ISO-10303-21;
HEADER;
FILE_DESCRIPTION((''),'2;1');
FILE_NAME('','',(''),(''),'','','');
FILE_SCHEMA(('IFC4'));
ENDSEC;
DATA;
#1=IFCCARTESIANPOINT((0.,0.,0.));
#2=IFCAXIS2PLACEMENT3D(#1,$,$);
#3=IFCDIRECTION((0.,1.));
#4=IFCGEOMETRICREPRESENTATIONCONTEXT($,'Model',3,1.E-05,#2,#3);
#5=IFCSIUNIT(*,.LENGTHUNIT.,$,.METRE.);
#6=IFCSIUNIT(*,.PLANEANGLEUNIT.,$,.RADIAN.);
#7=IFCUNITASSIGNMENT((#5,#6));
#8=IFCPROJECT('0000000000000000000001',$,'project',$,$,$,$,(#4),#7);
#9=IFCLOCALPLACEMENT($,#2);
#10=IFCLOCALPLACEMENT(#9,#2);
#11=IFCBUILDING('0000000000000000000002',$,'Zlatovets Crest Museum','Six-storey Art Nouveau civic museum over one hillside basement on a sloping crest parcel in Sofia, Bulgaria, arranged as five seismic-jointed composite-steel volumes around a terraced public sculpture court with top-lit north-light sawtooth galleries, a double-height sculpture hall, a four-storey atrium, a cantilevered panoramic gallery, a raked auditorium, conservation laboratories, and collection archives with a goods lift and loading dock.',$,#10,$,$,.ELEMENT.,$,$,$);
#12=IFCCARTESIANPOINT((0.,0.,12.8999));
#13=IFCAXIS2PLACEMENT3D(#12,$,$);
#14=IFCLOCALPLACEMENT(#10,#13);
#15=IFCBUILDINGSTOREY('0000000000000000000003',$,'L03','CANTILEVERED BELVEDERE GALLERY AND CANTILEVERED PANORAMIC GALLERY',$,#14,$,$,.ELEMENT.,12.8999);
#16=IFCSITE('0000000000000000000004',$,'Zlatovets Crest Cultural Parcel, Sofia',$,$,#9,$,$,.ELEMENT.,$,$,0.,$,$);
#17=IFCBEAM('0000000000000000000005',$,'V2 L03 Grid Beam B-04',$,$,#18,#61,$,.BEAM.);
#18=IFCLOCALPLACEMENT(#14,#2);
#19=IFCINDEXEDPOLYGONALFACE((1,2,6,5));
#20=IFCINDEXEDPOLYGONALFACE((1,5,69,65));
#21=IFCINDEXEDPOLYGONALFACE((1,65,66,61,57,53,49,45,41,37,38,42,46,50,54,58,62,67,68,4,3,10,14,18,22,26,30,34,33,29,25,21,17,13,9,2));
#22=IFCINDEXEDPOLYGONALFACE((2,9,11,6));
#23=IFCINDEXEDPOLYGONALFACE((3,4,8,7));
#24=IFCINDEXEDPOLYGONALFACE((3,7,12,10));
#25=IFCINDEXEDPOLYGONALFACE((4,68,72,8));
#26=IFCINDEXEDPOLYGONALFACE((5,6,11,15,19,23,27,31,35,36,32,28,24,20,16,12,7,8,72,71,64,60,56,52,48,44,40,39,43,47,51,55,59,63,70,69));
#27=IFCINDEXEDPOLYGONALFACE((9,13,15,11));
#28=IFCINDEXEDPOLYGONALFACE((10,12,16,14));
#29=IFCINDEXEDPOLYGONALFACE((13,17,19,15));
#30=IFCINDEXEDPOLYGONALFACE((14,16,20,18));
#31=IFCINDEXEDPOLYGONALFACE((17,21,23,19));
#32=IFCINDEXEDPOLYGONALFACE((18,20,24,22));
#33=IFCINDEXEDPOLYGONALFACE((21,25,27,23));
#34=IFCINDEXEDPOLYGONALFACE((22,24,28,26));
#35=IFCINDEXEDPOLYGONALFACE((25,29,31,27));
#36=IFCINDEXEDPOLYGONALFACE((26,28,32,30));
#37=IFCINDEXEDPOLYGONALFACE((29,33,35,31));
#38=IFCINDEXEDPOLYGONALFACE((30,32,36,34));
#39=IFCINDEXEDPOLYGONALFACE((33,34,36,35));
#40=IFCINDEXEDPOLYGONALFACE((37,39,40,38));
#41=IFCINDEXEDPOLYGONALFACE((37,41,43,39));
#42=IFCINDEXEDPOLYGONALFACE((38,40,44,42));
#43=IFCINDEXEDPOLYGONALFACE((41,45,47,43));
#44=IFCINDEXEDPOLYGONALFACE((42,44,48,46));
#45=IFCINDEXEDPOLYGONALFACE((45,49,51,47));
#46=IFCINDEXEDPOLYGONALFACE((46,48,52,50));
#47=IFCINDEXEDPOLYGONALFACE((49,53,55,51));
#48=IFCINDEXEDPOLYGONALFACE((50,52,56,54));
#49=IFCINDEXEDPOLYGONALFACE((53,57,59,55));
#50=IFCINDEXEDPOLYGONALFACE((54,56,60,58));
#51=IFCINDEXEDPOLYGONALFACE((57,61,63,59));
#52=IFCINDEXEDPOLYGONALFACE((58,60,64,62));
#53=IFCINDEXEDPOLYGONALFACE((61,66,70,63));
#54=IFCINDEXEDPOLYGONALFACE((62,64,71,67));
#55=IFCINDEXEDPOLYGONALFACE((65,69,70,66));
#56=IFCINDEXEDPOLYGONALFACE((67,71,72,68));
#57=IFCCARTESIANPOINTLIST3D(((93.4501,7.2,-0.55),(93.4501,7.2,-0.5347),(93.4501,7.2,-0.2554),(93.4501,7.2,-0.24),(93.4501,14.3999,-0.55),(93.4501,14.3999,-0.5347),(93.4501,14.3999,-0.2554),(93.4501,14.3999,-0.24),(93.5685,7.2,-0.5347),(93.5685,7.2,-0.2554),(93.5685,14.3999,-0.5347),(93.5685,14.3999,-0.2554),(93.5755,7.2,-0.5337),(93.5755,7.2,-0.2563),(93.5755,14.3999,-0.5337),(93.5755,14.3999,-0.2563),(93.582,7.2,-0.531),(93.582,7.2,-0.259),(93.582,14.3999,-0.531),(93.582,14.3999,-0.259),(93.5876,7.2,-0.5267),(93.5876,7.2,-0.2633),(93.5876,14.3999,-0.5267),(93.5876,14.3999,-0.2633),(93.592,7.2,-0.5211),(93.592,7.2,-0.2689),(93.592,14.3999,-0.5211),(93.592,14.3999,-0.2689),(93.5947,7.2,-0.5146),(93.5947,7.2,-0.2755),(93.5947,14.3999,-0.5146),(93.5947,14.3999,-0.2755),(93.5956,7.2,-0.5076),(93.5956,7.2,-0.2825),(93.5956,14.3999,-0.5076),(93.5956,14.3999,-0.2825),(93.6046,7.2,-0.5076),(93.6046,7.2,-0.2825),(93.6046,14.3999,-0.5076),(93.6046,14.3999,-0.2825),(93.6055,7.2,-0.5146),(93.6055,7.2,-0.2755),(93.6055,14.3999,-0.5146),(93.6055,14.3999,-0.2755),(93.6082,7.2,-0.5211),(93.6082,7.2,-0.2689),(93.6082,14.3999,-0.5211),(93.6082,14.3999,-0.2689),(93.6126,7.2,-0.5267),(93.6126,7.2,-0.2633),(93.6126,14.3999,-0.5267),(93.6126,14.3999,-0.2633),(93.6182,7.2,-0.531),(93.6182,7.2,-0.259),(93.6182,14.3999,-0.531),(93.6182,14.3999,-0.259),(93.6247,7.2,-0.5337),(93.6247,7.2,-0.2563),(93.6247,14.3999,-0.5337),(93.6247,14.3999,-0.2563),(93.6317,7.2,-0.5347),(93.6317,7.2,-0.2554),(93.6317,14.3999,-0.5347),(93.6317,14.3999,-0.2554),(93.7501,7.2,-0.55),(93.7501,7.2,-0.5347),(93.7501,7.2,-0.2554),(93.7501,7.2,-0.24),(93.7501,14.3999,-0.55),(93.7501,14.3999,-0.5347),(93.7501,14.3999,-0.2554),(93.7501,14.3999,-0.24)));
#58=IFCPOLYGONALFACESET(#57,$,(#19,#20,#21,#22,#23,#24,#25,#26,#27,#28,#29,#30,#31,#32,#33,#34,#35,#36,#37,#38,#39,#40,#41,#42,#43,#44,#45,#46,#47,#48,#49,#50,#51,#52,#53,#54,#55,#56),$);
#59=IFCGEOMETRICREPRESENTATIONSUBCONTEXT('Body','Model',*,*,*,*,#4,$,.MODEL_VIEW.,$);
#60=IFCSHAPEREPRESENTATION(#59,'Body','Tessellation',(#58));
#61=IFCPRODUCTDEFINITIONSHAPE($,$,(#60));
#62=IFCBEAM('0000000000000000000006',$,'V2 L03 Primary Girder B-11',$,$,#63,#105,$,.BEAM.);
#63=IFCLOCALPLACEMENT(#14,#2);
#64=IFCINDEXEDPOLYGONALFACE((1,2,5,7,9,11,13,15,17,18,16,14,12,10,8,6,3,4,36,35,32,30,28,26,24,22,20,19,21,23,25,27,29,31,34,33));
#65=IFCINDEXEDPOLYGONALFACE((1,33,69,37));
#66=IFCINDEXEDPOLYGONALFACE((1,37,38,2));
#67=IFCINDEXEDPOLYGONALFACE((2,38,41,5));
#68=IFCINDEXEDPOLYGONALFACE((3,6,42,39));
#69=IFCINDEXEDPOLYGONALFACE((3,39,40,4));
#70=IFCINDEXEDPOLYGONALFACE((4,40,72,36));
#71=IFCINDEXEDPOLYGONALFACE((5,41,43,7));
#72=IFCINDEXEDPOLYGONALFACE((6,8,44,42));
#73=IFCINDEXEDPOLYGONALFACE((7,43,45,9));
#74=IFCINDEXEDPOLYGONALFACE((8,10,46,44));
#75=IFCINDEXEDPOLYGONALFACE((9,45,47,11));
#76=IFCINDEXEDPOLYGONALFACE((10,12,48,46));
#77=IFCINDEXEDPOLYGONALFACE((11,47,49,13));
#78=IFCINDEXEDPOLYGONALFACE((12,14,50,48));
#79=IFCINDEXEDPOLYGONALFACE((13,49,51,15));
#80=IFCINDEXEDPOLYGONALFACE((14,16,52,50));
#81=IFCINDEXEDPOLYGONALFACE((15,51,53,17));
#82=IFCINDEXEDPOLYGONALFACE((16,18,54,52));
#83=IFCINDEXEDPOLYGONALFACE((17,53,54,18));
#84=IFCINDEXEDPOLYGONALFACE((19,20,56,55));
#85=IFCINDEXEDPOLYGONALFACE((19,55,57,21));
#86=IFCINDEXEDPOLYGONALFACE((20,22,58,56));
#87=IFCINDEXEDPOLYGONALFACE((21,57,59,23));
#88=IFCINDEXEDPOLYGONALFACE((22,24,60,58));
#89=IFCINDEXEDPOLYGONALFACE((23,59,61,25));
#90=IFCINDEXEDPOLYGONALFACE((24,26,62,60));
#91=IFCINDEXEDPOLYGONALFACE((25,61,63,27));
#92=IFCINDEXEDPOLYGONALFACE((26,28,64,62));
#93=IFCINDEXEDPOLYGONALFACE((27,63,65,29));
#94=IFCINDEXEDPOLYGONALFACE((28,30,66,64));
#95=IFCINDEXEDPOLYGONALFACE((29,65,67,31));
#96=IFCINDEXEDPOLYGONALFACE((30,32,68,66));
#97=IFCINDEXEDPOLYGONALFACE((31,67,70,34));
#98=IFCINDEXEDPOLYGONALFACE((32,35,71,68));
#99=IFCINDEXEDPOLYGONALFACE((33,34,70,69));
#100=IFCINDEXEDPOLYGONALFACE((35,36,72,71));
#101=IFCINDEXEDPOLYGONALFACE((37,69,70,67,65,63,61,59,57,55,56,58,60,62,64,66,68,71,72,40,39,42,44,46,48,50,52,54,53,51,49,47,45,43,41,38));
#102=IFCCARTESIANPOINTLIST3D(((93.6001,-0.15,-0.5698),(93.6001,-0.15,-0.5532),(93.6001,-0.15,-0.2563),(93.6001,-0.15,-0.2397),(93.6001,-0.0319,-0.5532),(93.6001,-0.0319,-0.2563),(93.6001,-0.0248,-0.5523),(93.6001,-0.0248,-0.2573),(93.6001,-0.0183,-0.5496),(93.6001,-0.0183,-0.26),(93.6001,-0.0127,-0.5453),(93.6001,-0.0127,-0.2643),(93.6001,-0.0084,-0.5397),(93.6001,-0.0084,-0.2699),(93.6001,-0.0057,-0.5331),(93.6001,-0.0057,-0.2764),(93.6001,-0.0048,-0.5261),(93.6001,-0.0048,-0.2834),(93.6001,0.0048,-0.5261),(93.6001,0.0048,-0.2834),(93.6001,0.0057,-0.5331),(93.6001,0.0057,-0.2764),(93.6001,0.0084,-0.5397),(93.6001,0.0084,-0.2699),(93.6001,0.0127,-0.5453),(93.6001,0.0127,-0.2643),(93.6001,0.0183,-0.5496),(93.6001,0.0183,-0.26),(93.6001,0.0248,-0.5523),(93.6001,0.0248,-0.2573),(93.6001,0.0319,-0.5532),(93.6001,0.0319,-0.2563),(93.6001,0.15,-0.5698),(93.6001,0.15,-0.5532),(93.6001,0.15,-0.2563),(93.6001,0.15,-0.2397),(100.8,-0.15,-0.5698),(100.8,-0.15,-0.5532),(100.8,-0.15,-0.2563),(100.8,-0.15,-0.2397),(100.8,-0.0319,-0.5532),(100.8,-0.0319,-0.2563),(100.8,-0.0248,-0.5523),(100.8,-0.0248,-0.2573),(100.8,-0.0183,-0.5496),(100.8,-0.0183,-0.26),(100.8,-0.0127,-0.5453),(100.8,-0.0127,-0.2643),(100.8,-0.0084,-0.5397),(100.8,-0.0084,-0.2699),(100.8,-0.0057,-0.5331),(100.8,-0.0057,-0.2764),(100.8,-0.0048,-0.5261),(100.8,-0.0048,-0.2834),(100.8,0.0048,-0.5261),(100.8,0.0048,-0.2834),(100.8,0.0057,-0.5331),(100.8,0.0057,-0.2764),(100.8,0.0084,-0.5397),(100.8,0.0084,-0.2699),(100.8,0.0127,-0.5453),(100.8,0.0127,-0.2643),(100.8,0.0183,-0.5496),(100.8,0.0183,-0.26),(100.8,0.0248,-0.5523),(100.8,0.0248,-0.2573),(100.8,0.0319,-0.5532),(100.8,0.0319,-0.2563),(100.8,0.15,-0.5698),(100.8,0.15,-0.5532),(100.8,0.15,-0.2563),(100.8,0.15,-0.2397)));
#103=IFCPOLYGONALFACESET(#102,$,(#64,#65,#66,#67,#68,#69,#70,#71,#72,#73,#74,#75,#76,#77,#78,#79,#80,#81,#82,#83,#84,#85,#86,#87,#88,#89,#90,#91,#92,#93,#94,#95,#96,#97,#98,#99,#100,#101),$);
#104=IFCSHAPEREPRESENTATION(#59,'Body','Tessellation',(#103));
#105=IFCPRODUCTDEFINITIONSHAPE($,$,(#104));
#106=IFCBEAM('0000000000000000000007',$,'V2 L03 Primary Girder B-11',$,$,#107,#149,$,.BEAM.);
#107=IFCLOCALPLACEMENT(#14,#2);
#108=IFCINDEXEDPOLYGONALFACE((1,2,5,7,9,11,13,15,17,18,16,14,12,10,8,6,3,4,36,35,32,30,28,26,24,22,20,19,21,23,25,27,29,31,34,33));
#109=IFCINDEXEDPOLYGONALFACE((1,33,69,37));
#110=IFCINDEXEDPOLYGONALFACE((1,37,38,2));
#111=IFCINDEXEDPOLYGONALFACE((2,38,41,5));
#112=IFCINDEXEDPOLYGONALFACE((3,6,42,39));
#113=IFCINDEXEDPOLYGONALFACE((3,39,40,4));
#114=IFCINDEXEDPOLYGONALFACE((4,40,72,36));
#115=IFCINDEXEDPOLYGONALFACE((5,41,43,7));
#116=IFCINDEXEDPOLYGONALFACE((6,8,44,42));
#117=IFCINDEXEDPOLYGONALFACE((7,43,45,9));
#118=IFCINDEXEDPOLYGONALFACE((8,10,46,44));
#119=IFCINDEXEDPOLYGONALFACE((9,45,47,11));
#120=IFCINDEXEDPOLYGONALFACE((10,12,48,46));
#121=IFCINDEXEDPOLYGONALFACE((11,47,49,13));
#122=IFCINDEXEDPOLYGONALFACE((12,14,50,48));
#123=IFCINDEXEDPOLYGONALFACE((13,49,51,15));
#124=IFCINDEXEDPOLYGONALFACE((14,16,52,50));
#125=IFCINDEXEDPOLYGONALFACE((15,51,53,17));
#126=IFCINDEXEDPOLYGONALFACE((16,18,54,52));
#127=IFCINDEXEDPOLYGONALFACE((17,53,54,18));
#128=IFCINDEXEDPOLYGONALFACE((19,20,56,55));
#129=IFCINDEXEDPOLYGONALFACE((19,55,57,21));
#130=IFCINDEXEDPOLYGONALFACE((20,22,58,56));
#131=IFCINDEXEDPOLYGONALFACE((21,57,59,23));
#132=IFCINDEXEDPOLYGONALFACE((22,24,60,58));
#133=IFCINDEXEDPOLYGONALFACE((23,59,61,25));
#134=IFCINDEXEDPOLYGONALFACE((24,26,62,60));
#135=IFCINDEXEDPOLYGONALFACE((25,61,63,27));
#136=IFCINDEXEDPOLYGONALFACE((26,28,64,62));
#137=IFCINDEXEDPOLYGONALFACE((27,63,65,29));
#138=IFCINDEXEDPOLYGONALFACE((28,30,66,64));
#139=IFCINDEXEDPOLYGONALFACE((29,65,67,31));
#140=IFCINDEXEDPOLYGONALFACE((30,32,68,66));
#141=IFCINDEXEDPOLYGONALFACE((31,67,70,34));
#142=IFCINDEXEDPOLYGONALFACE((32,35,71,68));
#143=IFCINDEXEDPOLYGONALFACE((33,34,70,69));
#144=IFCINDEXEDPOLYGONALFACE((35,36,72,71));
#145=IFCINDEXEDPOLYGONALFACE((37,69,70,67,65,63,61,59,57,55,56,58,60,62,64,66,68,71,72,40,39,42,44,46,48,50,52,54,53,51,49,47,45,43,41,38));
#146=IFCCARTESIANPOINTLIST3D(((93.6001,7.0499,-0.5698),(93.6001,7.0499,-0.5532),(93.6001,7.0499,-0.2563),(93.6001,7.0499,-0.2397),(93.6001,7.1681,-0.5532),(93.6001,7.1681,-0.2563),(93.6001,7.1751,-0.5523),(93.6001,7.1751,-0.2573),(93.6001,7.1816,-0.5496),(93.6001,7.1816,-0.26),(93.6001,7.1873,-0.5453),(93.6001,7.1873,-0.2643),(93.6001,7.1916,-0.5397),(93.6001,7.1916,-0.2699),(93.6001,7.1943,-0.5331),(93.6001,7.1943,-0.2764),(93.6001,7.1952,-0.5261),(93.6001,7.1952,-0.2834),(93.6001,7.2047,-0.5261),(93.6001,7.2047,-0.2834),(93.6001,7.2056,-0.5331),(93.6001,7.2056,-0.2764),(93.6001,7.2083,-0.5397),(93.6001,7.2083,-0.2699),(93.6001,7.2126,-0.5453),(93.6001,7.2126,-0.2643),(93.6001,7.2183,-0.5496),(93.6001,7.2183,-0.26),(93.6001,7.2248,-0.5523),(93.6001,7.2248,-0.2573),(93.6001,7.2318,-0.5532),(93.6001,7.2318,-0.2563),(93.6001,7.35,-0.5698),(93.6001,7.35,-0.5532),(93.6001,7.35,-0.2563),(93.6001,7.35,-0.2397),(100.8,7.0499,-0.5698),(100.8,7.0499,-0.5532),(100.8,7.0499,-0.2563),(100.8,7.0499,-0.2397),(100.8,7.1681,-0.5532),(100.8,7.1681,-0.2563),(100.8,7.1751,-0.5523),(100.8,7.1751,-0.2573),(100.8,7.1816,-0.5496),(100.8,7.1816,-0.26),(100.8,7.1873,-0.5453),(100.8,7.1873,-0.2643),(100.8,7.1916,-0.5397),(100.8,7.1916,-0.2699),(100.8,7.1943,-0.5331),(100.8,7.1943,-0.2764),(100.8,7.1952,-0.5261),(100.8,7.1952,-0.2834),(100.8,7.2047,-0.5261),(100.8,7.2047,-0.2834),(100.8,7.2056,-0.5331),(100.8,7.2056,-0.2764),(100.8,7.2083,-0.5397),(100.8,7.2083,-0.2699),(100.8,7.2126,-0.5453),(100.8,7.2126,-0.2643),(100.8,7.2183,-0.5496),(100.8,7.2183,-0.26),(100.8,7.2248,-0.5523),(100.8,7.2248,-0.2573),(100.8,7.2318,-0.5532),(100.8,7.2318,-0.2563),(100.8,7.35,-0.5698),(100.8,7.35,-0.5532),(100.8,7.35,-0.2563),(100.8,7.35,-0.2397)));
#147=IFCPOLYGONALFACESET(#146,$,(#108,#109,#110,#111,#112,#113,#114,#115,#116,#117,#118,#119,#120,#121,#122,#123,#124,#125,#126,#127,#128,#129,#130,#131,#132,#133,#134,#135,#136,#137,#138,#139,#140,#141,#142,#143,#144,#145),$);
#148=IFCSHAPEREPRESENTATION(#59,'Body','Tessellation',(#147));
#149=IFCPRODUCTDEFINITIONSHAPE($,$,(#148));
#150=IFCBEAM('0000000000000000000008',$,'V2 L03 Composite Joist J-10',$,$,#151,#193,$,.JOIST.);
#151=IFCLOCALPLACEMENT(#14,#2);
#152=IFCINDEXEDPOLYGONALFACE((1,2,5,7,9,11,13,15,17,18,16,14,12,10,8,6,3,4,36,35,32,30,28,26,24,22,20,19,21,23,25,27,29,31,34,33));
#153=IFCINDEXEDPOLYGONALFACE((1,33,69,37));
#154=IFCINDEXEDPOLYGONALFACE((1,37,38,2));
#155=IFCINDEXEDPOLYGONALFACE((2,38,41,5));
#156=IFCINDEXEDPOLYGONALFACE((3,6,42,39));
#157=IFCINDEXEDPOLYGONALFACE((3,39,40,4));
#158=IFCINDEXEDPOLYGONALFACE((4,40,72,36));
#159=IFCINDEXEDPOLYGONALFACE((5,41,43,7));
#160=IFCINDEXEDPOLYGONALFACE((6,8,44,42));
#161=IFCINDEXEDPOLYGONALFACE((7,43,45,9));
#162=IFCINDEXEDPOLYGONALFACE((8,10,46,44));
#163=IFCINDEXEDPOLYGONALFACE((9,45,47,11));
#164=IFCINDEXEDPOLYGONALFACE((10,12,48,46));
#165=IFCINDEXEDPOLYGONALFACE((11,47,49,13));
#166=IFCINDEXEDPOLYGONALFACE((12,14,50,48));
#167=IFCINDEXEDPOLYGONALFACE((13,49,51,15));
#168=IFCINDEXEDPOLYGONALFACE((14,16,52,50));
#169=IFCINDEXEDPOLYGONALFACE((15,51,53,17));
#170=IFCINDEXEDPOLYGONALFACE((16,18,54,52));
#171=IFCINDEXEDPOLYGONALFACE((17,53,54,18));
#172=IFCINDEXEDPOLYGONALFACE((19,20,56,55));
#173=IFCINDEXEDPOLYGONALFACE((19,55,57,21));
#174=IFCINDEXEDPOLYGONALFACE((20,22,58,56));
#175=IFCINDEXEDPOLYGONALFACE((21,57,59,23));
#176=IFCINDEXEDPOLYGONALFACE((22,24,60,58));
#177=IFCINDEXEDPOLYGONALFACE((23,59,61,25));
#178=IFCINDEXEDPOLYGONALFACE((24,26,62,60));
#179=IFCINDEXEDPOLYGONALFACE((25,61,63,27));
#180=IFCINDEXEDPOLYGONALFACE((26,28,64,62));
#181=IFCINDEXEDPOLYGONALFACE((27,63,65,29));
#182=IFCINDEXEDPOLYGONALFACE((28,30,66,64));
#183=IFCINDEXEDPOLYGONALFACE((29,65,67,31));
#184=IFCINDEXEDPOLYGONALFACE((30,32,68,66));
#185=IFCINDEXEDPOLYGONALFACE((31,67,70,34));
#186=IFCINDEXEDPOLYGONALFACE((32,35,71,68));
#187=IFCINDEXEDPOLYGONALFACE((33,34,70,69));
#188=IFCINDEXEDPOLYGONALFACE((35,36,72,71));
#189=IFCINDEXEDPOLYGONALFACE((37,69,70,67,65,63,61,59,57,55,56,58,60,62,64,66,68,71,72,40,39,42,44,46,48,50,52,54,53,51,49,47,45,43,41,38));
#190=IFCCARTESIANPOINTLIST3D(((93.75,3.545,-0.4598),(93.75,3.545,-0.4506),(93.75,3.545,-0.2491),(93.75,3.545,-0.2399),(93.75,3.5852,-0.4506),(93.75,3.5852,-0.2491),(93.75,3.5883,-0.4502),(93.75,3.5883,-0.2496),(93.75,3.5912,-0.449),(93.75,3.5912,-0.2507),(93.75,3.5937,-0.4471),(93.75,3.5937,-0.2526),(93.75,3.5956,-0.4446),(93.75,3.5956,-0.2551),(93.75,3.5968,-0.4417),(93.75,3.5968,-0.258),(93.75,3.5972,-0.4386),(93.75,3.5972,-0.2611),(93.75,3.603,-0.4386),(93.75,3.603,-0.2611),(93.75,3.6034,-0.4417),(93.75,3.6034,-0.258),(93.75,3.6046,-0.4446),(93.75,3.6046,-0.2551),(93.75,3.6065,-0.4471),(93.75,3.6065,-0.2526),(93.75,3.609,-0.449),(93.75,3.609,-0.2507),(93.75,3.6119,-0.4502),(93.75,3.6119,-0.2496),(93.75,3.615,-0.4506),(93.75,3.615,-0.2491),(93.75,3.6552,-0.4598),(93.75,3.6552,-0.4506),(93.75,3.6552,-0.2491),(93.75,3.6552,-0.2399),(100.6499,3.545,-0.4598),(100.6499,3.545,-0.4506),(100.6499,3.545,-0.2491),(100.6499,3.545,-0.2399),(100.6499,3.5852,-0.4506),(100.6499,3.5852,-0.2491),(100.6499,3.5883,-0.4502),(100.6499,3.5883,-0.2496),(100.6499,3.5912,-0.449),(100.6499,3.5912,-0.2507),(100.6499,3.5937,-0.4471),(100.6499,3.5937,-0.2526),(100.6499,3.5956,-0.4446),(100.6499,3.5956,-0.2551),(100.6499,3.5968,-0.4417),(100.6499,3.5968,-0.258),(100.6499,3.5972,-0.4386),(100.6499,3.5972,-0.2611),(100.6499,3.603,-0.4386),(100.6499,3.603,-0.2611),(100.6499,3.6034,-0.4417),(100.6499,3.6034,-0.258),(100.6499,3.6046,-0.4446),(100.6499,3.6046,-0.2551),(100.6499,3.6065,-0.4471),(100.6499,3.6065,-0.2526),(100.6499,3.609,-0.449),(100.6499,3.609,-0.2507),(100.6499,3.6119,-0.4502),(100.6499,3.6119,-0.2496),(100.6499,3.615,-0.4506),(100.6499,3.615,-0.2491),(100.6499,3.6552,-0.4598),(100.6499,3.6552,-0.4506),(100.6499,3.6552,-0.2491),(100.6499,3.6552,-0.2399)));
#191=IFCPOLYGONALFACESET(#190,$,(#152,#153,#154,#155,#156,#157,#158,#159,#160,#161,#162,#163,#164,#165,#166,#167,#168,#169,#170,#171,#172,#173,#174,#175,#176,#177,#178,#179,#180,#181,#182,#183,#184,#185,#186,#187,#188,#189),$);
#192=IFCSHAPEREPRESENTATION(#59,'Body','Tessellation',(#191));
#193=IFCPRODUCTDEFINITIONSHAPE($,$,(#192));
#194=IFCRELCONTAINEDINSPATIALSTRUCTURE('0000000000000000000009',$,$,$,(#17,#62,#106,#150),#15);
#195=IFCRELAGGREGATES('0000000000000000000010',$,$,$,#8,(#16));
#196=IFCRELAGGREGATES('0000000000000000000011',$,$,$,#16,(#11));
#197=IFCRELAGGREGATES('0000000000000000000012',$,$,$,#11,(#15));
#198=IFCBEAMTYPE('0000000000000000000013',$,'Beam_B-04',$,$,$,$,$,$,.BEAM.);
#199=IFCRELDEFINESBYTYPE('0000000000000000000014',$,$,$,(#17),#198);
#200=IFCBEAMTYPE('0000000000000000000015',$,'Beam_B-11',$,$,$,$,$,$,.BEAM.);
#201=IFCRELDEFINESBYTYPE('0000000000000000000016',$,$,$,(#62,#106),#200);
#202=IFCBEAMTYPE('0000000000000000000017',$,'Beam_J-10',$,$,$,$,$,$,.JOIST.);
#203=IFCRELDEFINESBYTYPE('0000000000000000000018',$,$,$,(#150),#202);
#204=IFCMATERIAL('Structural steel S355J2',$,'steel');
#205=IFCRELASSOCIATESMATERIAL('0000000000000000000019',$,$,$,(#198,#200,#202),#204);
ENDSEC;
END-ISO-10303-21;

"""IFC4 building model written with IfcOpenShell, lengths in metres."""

from ifc_helpers import new_model, si_unit, direction, frame, origin, origin_2d, place, context, subcontext, project, spatial, i_section, extrude, material, material_profile, profile_set, type_object, element, save


model = new_model("IFC4")

# Units and contexts
model_context = context("Model", 3, precision=1e-05, world=origin(), true_north=direction((0.0, 1.0)))
body_context = subcontext(model_context, "Body", "Model", "MODEL_VIEW")
ifc_project = project(units=[si_unit("LENGTHUNIT", "METRE"), si_unit("PLANEANGLEUNIT", "RADIAN")], contexts=[model_context])

# Site, building, storey
site_placement = place(None, origin())
site = spatial("IfcSite", under=ifc_project, at=site_placement, Name="Zlatovets Crest Cultural Parcel, Sofia", CompositionType="ELEMENT", RefElevation=0.0)
building_placement = place(site_placement, origin())
building = spatial("IfcBuilding", under=site, at=building_placement, Name="Zlatovets Crest Museum", Description="Six-storey Art Nouveau civic museum over one hillside basement on a sloping crest parcel in Sofia, Bulgaria, arranged as five seismic-jointed composite-steel volumes around a terraced public sculpture court with top-lit north-light sawtooth galleries, a double-height sculpture hall, a four-storey atrium, a cantilevered panoramic gallery, a raked auditorium, conservation laboratories, and collection archives with a goods lift and loading dock.", CompositionType="ELEMENT")
storey_placement = place(building_placement, frame((0.0, 0.0, 12.8999)))
storey = spatial("IfcBuildingStorey", under=building, at=storey_placement, Name="L03", Description="CANTILEVERED BELVEDERE GALLERY AND CANTILEVERED PANORAMIC GALLERY", CompositionType="ELEMENT", Elevation=12.8999)

# Shared definitions
ifc_material_1 = material(Name="Structural steel S355J2", Category="steel")

# Beams
ifc_material_profile_1 = material_profile(ifc_material_1, i_section(OverallWidth=0.3, OverallDepth=0.3101, WebThickness=0.009, FlangeThickness=0.0154, FilletRadius=0.0271, at=origin_2d()), Name="HEA 320")
ifc_profile_set_1 = profile_set([ifc_material_profile_1], Name="Structural steel S355J2")
beam_type_1 = type_object("IfcBeamType", Name="Beam_B-04", PredefinedType="BEAM", material=ifc_profile_set_1)
for number, where, z_axis, x_axis, name in (
    (1, (93.6001, 7.2, -0.395), (0.0, 1.0, 0.0), (-1.0, 0.0, 0.0), "V2 L03 Grid Beam B-04"),
):
    element("IfcBeam", number, at=place(storey_placement, frame(where, z_axis=z_axis, x_axis=x_axis)), inside=storey, type_object=beam_type_1, Name=name, PredefinedType="BEAM", context=body_context, shape_type="SweptSolid", body=[
        extrude(i_section(OverallWidth=0.3, OverallDepth=0.3101, WebThickness=0.009, FlangeThickness=0.0154, FilletRadius=0.0271, at=origin_2d()), origin(), (0.0, 0.0, 1.0), 7.2),
    ])
ifc_material_profile_2 = material_profile(ifc_material_1, i_section(OverallWidth=0.3, OverallDepth=0.3301, WebThickness=0.0095, FlangeThickness=0.0166, FilletRadius=0.0271, at=origin_2d()), Name="HEA 340")
ifc_profile_set_2 = profile_set([ifc_material_profile_2], Name="Structural steel S355J2")
beam_type_2 = type_object("IfcBeamType", Name="Beam_B-11", PredefinedType="BEAM", material=ifc_profile_set_2)
for number, where, z_axis, x_axis, name in (
    (2, (93.6001, 0.0, -0.4048), (1.0, 0.0, 0.0), (0.0, 1.0, 0.0), "V2 L03 Primary Girder B-11"),
    (3, (93.6001, 7.2, -0.4048), (1.0, 0.0, 0.0), (0.0, 1.0, 0.0), "V2 L03 Primary Girder B-11"),
):
    element("IfcBeam", number, at=place(storey_placement, frame(where, z_axis=z_axis, x_axis=x_axis)), inside=storey, type_object=beam_type_2, Name=name, PredefinedType="BEAM", context=body_context, shape_type="SweptSolid", body=[
        extrude(i_section(OverallWidth=0.3, OverallDepth=0.3301, WebThickness=0.0095, FlangeThickness=0.0166, FilletRadius=0.0271, at=origin_2d()), origin(), (0.0, 0.0, 1.0), 7.2),
    ])
ifc_material_profile_3 = material_profile(ifc_material_1, i_section(OverallWidth=0.1101, OverallDepth=0.22, WebThickness=0.0059, FlangeThickness=0.0093, FilletRadius=0.012, at=origin_2d()), Name="IPE 220")
ifc_profile_set_3 = profile_set([ifc_material_profile_3], Name="Structural steel S355J2")
beam_type_3 = type_object("IfcBeamType", Name="Beam_J-10", PredefinedType="JOIST", material=ifc_profile_set_3)
for number, where, z_axis, x_axis, name in (
    (4, (93.75, 3.6001, -0.3499), (1.0, 0.0, 0.0), (0.0, 1.0, 0.0), "V2 L03 Composite Joist J-10"),
):
    element("IfcBeam", number, at=place(storey_placement, frame(where, z_axis=z_axis, x_axis=x_axis)), inside=storey, type_object=beam_type_3, Name=name, PredefinedType="JOIST", context=body_context, shape_type="SweptSolid", body=[
        extrude(i_section(OverallWidth=0.1101, OverallDepth=0.22, WebThickness=0.0059, FlangeThickness=0.0093, FilletRadius=0.012, at=origin_2d()), origin(), (0.0, 0.0, 1.0), 6.8999),
    ])

save(model, "model.ifc")
